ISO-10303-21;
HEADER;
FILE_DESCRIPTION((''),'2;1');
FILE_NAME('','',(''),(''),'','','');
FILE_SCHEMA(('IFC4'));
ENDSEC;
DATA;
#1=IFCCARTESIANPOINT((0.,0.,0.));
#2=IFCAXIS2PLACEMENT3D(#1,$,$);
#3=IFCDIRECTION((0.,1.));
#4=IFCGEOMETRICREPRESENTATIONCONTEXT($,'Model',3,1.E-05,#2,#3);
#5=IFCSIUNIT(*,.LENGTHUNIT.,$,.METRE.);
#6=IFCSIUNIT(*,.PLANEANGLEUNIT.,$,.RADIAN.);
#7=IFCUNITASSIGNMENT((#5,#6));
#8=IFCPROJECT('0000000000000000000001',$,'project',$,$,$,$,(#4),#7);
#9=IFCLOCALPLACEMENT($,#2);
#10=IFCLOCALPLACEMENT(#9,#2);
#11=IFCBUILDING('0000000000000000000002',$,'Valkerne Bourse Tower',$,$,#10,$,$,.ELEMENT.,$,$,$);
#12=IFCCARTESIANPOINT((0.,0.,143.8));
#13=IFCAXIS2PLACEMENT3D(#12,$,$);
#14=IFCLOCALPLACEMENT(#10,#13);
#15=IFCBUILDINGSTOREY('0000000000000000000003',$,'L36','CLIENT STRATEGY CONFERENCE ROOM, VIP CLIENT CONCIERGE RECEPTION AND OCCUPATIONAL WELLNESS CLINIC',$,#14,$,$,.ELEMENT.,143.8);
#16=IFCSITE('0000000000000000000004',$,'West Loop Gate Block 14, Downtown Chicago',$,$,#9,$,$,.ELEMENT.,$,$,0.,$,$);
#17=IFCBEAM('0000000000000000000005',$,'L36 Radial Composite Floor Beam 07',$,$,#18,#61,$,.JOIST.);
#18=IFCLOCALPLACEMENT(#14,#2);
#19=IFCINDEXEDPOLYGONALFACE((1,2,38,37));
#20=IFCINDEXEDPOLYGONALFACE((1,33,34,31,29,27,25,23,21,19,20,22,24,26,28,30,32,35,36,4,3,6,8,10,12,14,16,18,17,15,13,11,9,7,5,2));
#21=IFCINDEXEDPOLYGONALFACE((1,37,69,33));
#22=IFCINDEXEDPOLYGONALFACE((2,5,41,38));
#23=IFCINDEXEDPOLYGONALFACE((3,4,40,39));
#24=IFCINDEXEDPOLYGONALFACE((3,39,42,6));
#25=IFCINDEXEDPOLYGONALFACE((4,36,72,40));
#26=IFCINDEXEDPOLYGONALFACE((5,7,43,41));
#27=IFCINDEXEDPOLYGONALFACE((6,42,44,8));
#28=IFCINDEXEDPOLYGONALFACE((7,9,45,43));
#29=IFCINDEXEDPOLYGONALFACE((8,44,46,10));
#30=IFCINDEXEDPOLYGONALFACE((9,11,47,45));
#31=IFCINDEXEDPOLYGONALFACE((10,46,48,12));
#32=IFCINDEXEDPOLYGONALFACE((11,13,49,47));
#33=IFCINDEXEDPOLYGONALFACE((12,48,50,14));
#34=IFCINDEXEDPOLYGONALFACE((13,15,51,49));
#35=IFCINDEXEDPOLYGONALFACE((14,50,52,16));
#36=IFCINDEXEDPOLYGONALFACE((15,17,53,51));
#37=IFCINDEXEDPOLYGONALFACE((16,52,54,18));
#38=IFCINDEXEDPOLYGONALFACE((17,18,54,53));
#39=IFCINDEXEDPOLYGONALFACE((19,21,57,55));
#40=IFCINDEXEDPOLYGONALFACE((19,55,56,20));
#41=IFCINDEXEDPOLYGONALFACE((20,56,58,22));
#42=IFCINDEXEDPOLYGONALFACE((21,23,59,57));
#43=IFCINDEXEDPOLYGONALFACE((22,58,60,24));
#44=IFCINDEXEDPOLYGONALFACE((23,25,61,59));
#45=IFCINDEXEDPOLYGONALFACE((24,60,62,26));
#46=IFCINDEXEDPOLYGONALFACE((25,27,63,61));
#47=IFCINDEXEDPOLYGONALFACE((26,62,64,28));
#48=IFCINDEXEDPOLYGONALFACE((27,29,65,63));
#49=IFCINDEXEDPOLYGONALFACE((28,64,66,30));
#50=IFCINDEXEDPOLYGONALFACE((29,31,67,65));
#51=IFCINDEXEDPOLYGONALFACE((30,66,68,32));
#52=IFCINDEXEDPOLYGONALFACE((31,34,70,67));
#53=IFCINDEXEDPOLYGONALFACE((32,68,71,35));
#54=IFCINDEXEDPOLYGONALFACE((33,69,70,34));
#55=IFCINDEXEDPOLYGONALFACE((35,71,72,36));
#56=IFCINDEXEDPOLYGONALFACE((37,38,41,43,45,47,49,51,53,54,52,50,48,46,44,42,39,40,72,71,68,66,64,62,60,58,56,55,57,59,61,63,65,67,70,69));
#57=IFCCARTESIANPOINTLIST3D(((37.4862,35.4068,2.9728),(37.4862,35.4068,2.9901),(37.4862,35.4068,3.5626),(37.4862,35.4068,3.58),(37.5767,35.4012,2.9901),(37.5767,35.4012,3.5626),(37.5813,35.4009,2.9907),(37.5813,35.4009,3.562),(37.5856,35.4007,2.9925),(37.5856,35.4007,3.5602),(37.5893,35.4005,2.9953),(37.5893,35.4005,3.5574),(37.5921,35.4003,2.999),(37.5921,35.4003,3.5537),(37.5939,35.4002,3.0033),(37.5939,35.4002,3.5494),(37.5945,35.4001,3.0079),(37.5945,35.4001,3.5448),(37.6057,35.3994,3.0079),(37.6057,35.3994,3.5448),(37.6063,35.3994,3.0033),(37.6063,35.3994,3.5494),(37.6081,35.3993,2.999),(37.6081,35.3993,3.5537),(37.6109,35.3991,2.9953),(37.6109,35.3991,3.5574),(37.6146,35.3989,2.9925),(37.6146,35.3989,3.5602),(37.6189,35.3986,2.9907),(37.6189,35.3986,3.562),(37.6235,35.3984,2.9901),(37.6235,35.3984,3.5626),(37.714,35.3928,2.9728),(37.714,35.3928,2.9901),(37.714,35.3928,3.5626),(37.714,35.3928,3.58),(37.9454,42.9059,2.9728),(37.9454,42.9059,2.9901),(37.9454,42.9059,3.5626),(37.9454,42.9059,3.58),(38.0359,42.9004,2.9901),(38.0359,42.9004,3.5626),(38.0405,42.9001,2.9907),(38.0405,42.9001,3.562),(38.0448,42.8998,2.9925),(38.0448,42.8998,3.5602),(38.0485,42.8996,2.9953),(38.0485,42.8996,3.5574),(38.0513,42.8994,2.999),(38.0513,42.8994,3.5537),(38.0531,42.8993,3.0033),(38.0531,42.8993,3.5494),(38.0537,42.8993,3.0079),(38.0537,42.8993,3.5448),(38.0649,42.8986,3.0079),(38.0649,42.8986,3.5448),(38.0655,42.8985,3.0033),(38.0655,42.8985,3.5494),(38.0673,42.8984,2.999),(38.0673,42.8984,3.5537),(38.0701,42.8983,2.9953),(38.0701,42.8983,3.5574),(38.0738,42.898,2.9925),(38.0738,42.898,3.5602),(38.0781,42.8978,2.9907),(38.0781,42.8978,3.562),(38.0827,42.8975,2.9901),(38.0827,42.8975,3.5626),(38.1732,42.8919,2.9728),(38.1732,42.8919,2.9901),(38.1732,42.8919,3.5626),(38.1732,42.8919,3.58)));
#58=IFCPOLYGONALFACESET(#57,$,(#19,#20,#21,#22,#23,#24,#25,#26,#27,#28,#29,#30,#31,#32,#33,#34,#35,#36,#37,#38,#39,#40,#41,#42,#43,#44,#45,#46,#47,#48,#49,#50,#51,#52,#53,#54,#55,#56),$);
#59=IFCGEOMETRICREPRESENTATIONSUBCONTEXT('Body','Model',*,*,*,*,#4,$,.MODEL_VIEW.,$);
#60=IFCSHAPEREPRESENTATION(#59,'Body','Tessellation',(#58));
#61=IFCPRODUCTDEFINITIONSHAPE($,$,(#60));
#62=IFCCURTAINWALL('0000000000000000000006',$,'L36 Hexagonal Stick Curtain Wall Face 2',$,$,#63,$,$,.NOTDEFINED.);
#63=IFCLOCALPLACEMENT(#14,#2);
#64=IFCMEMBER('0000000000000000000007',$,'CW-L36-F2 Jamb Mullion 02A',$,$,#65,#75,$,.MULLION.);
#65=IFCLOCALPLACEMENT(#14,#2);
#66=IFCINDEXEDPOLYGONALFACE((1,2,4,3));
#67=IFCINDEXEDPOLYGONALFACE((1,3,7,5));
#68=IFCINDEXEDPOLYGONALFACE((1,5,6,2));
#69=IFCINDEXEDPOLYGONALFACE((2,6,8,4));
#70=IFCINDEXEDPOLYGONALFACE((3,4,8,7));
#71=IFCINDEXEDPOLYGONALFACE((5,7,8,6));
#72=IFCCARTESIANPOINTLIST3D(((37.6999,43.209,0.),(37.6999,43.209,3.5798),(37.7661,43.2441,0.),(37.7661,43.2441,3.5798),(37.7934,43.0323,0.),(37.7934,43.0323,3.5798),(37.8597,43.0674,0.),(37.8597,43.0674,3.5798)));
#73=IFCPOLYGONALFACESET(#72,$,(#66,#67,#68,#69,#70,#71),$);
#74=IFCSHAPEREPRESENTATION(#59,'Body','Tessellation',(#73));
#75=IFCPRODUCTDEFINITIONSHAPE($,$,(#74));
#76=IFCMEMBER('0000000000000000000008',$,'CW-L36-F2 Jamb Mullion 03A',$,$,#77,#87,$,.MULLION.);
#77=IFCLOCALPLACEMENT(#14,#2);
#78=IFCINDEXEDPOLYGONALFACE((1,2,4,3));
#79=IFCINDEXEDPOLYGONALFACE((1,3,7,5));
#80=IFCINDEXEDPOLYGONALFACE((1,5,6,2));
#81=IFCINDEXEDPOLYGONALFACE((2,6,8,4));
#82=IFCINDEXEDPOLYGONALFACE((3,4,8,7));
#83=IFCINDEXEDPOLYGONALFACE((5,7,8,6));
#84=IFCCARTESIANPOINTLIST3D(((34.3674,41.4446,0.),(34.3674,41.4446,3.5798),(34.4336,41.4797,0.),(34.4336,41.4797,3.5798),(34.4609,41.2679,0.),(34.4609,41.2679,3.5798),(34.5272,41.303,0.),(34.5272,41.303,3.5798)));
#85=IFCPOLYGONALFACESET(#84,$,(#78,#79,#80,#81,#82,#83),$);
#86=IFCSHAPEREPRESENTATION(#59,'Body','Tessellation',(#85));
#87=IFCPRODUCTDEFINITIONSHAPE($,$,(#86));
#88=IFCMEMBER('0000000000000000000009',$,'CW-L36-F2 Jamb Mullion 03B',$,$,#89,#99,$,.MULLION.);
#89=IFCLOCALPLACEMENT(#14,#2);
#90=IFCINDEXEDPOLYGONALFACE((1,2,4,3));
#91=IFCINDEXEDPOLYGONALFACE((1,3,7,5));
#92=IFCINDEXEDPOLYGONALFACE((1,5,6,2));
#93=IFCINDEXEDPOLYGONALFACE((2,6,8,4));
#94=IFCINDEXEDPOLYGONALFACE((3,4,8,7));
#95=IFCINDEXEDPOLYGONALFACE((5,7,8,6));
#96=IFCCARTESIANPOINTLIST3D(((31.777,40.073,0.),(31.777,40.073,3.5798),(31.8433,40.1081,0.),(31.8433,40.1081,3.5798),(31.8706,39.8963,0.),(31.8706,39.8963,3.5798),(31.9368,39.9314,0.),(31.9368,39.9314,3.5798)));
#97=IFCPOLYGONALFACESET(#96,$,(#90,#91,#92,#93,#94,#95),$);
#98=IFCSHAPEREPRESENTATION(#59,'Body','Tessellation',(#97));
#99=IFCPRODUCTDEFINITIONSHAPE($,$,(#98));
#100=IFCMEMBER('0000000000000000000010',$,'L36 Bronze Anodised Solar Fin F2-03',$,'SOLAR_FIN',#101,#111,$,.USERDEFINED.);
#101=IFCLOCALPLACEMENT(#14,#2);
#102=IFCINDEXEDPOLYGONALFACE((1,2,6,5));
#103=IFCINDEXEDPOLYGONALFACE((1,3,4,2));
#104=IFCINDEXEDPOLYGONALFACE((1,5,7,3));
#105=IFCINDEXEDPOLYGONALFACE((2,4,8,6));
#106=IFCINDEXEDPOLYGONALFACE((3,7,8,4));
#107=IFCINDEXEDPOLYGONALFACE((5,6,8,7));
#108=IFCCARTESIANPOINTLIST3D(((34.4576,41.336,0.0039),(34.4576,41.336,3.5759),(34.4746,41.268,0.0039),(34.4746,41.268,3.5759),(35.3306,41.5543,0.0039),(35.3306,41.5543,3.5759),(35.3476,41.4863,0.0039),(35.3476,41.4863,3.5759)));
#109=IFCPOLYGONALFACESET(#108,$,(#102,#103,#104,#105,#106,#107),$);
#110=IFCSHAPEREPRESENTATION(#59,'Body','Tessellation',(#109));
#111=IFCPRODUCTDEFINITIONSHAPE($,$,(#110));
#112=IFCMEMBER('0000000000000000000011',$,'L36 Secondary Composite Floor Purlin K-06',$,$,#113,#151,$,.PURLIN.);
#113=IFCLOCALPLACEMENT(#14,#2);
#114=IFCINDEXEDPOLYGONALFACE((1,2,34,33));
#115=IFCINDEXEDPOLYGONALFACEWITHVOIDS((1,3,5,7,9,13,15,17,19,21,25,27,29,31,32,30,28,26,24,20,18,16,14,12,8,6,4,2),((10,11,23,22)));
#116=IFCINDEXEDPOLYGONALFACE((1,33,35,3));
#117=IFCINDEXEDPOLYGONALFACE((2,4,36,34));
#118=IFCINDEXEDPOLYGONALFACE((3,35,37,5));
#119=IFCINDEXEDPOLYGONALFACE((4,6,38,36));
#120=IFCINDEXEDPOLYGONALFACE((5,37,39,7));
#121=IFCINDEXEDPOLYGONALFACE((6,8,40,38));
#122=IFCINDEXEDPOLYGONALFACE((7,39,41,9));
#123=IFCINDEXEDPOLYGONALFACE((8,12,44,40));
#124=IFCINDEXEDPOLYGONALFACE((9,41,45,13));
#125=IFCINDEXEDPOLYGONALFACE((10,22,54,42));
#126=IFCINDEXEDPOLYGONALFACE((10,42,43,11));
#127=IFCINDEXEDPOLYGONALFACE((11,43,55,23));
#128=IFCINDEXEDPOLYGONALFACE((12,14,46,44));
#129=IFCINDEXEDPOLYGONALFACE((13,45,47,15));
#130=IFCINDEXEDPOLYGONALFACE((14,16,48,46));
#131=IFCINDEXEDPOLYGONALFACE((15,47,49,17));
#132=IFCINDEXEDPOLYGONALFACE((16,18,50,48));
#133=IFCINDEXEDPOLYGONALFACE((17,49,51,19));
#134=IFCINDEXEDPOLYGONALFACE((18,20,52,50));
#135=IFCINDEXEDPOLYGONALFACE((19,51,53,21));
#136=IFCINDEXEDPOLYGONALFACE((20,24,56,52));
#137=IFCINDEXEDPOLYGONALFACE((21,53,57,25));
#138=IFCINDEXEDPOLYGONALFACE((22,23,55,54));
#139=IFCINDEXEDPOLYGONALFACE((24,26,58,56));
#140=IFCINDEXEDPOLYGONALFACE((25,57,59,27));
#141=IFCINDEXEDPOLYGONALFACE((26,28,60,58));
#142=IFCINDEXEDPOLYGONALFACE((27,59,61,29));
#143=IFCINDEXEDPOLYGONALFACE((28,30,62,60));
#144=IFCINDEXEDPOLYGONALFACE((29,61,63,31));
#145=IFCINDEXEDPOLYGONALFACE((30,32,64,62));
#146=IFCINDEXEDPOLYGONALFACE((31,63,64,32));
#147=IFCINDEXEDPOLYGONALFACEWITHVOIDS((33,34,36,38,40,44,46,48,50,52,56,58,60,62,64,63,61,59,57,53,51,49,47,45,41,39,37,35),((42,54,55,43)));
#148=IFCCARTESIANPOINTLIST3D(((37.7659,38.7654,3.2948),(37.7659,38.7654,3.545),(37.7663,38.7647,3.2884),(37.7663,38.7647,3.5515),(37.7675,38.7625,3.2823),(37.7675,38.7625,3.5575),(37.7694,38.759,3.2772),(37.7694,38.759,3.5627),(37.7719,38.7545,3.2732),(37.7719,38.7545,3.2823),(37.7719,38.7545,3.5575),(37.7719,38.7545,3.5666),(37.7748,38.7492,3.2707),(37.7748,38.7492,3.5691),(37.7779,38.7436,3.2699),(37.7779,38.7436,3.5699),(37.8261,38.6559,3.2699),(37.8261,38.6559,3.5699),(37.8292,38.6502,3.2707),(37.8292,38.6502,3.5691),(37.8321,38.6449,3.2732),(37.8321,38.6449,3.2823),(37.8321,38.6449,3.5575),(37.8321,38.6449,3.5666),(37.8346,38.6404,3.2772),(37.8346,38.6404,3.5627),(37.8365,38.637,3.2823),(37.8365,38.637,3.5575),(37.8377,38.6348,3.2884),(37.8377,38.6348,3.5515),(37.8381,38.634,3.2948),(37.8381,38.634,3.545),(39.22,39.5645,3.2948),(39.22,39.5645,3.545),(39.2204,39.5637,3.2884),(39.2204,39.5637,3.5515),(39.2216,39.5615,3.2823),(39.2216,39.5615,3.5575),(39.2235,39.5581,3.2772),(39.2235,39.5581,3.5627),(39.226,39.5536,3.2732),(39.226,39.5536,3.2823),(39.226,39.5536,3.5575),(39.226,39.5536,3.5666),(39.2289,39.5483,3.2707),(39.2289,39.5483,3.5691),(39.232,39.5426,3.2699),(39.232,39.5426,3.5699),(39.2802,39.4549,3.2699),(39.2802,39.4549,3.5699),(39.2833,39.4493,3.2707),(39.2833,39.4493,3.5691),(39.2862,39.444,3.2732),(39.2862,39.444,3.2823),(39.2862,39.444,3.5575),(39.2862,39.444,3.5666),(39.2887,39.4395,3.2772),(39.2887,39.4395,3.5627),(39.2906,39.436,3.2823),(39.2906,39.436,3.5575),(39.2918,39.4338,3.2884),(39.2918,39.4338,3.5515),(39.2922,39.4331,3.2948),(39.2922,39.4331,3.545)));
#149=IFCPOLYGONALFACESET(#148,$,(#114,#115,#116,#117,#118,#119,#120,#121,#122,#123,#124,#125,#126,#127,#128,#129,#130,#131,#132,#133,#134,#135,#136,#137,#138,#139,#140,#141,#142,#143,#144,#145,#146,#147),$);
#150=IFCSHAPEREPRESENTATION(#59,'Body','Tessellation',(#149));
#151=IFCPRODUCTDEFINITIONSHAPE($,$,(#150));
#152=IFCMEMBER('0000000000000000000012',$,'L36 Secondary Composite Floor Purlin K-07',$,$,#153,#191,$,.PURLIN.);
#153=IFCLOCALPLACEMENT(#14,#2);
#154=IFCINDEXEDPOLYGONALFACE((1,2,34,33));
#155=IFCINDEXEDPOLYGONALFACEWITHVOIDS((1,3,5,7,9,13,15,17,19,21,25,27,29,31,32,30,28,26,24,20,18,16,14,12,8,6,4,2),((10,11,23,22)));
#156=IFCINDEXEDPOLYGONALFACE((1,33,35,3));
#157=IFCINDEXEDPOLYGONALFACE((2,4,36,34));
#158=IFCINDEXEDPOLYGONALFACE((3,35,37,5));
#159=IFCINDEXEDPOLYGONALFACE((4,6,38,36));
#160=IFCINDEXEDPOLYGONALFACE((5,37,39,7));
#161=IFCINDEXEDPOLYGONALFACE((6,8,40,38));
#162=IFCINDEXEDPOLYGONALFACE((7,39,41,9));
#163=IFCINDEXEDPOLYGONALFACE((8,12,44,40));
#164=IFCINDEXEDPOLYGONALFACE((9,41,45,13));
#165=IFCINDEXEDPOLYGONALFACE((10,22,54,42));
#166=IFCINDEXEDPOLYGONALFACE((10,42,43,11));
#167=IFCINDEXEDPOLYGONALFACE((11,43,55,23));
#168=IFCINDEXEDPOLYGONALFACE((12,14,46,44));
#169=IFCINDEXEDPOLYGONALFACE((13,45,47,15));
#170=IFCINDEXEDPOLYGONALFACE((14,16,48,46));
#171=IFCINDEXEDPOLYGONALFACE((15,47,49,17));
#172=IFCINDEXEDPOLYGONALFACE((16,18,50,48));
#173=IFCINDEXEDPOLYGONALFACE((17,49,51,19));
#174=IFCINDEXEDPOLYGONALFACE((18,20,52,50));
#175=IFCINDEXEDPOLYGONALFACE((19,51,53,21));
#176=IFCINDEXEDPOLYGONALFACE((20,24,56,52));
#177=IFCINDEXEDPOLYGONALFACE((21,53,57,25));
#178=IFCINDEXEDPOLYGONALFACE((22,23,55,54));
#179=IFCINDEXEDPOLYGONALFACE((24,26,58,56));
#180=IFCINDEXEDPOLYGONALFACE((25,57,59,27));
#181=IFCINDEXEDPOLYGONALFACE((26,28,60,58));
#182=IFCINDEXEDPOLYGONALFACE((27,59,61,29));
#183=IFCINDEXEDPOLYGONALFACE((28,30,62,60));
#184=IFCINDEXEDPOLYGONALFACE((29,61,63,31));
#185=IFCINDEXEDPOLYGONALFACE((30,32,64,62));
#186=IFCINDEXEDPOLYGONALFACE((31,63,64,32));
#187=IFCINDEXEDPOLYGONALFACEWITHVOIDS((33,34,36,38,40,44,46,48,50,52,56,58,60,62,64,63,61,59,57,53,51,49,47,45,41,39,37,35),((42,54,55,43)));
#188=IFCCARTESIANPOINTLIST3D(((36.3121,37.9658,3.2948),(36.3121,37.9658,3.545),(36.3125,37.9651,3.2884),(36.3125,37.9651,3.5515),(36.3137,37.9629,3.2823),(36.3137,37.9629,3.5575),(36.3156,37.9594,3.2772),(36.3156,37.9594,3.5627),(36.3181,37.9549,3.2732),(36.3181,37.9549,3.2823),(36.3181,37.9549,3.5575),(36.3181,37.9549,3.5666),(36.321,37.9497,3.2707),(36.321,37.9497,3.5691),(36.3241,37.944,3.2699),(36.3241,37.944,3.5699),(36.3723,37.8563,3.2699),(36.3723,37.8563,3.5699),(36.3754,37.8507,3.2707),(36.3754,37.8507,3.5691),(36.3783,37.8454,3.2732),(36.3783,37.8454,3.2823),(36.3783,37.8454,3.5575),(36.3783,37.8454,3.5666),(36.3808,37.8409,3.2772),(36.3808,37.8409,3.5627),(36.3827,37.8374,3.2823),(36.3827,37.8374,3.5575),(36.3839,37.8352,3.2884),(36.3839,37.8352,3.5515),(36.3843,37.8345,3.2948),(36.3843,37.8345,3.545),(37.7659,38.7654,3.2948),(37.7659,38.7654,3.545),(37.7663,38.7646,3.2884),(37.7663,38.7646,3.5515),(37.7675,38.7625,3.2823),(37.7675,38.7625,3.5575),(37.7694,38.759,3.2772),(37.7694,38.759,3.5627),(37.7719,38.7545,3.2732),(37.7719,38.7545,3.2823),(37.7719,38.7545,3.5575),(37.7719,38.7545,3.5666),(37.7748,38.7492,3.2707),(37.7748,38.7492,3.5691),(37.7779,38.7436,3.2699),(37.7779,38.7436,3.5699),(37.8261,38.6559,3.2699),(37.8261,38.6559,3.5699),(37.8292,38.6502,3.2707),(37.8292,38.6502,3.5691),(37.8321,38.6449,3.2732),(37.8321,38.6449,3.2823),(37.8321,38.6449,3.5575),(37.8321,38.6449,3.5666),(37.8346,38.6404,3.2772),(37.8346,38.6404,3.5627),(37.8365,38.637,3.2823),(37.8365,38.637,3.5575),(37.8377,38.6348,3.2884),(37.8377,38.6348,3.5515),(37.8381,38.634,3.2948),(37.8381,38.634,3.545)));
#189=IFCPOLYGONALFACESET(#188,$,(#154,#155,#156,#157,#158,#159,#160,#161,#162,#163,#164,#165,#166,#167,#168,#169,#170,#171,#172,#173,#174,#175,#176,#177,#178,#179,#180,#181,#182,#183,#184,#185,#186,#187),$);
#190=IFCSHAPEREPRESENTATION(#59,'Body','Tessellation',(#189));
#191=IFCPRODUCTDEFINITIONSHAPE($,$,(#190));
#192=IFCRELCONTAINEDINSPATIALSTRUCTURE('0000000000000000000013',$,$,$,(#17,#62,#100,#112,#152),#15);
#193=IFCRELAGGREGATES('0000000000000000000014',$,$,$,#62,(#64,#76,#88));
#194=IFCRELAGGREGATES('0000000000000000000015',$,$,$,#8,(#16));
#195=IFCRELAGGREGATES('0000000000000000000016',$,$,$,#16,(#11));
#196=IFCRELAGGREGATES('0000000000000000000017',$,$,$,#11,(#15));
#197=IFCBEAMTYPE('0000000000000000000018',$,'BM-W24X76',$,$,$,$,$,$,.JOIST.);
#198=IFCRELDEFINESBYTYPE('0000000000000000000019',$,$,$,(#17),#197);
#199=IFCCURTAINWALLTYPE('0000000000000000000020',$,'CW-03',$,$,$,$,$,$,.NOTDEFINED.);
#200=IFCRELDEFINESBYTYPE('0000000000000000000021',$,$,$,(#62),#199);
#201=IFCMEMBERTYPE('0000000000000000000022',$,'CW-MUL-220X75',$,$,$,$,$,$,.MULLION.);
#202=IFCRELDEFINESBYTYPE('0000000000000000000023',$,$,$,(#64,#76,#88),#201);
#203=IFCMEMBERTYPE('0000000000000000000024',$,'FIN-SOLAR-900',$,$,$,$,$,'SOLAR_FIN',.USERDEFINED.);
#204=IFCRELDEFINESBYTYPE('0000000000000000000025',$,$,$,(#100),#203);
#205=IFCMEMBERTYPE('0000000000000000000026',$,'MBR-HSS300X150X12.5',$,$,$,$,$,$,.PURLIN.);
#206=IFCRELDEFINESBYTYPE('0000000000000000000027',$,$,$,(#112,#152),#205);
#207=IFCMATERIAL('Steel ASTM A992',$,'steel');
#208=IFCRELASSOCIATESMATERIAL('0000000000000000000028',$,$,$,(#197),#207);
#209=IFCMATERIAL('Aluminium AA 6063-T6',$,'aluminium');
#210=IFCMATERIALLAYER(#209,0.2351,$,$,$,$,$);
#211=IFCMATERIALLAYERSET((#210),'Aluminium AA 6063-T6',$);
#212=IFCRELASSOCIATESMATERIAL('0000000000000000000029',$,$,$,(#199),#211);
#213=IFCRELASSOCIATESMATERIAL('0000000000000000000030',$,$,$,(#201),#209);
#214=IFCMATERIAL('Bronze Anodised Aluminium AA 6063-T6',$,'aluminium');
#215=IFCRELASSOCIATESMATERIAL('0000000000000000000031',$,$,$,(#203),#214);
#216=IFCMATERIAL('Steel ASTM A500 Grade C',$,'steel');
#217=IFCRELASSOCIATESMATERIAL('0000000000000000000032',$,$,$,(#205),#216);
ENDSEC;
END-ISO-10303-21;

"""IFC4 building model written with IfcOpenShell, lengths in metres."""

from ifc_helpers import new_model, si_unit, direction, frame, origin, origin_2d, place, context, subcontext, project, spatial, rectangle, hollow_rectangle, i_section, extrude, material, layer, layer_set, material_profile, profile_set, type_object, element, aggregate, save


model = new_model("IFC4")

# Units and contexts
model_context = context("Model", 3, precision=1e-05, world=origin(), true_north=direction((0.0, 1.0)))
body_context = subcontext(model_context, "Body", "Model", "MODEL_VIEW")
ifc_project = project(units=[si_unit("LENGTHUNIT", "METRE"), si_unit("PLANEANGLEUNIT", "RADIAN")], contexts=[model_context])

# Site, building, storey
site_placement = place(None, origin())
site = spatial("IfcSite", under=ifc_project, at=site_placement, Name="West Loop Gate Block 14, Downtown Chicago", CompositionType="ELEMENT", RefElevation=0.0)
building_placement = place(site_placement, origin())
building = spatial("IfcBuilding", under=site, at=building_placement, Name="Valkerne Bourse Tower", CompositionType="ELEMENT")
storey_placement = place(building_placement, frame((0.0, 0.0, 143.8)))
storey = spatial("IfcBuildingStorey", under=building, at=storey_placement, Name="L36", Description="CLIENT STRATEGY CONFERENCE ROOM, VIP CLIENT CONCIERGE RECEPTION AND OCCUPATIONAL WELLNESS CLINIC", CompositionType="ELEMENT", Elevation=143.8)

# Beam
ifc_material_1 = material(Name="Steel ASTM A992", Category="steel")
ifc_material_profile_1 = material_profile(ifc_material_1, i_section(OverallWidth=0.2283, OverallDepth=0.6072, WebThickness=0.0112, FlangeThickness=0.0173, FilletRadius=0.0178, at=origin_2d()), Name="W24X76")
ifc_profile_set_1 = profile_set([ifc_material_profile_1], Name="Steel ASTM A992")
beam_type_1 = type_object("IfcBeamType", Name="BM-W24X76", PredefinedType="JOIST", material=ifc_profile_set_1)
beam_1_placement = place(storey_placement, frame((38.0593, 42.8989, 3.2764), z_axis=(-0.061124, -0.99813, 0.0), x_axis=(0.99813, -0.061124, 0.0)))
element("IfcBeam", 1, at=beam_1_placement, inside=storey, type_object=beam_type_1, Name="L36 Radial Composite Floor Beam 07", PredefinedType="JOIST", context=body_context, shape_type="SweptSolid", body=[
    extrude(i_section(OverallWidth=0.2283, OverallDepth=0.6072, WebThickness=0.0112, FlangeThickness=0.0173, FilletRadius=0.0178, at=origin_2d()), origin(), (0.0, 0.0, 1.0), 7.5132),
])

# Curtain wall, members
ifc_material_2 = material(Name="Aluminium AA 6063-T6", Category="aluminium")
ifc_layer_1 = layer(ifc_material_2, 0.2351)
ifc_layer_set_1 = layer_set([ifc_layer_1], Name="Aluminium AA 6063-T6")
curtain_wall_type = type_object("IfcCurtainWallType", Name="CW-03", PredefinedType="NOTDEFINED", material=ifc_layer_set_1)
curtain_wall_placement = place(storey_placement, origin())
curtain_wall = element("IfcCurtainWall", 2, at=curtain_wall_placement, inside=storey, type_object=curtain_wall_type, Name="L36 Hexagonal Stick Curtain Wall Face 2", PredefinedType="NOTDEFINED")
ifc_material_profile_2 = material_profile(ifc_material_2, rectangle(XDim=0.075, YDim=0.2, at=origin_2d()), Name="CWM-75X200")
ifc_profile_set_2 = profile_set([ifc_material_profile_2], Name="Aluminium AA 6063-T6")
member_type_1 = type_object("IfcMemberType", Name="CW-MUL-220X75", PredefinedType="MULLION", material=ifc_profile_set_2)
member_1_placement = place(storey_placement, frame((37.7798, 43.1382, 0.0), z_axis=(0.0, 0.0, 1.0), x_axis=(-0.883757, -0.467946, 0.0)))
member_1 = element("IfcMember", 3, at=member_1_placement, type_object=member_type_1, Name="CW-L36-F2 Jamb Mullion 02A", PredefinedType="MULLION", context=body_context, shape_type="SweptSolid", body=[
    extrude(rectangle(XDim=0.075, YDim=0.2, at=origin_2d()), origin(), (0.0, 0.0, 1.0), 3.5798),
])
member_2_placement = place(storey_placement, frame((34.4473, 41.3738, 0.0), z_axis=(0.0, 0.0, 1.0), x_axis=(-0.883763, -0.467935, 0.0)))
member_2 = element("IfcMember", 4, at=member_2_placement, type_object=member_type_1, Name="CW-L36-F2 Jamb Mullion 03A", PredefinedType="MULLION", context=body_context, shape_type="SweptSolid", body=[
    extrude(rectangle(XDim=0.075, YDim=0.2, at=origin_2d()), origin(), (0.0, 0.0, 1.0), 3.5798),
])
member_3_placement = place(storey_placement, frame((31.8569, 40.0022, 0.0), z_axis=(0.0, 0.0, 1.0), x_axis=(-0.883763, -0.467935, 0.0)))
member_3 = element("IfcMember", 5, at=member_3_placement, type_object=member_type_1, Name="CW-L36-F2 Jamb Mullion 03B", PredefinedType="MULLION", context=body_context, shape_type="SweptSolid", body=[
    extrude(rectangle(XDim=0.075, YDim=0.2, at=origin_2d()), origin(), (0.0, 0.0, 1.0), 3.5798),
])

# Members
ifc_material_3 = material(Name="Bronze Anodised Aluminium AA 6063-T6", Category="aluminium")
ifc_material_profile_3 = material_profile(ifc_material_3, rectangle(XDim=0.0701, YDim=0.8999, at=origin_2d()), Name="FIN-70X900")
ifc_profile_set_3 = profile_set([ifc_material_profile_3], Name="Bronze Anodised Aluminium AA 6063-T6")
member_type_2 = type_object("IfcMemberType", Name="FIN-SOLAR-900", ElementType="SOLAR_FIN", PredefinedType="USERDEFINED", material=ifc_profile_set_3)
member_4_placement = place(storey_placement, frame((34.9026, 41.4111, 0.0039), z_axis=(0.0, 0.0, 1.0), x_axis=(-0.242599, 0.970127, 0.0)))
element("IfcMember", 6, at=member_4_placement, inside=storey, type_object=member_type_2, Name="L36 Bronze Anodised Solar Fin F2-03", ObjectType="SOLAR_FIN", PredefinedType="USERDEFINED", context=body_context, shape_type="SweptSolid", body=[
    extrude(rectangle(XDim=0.0701, YDim=0.8999, at=origin_2d()), origin(), (0.0, 0.0, 1.0), 3.572),
])
ifc_material_4 = material(Name="Steel ASTM A500 Grade C", Category="steel")
ifc_material_profile_4 = material_profile(ifc_material_4, hollow_rectangle(XDim=0.1499, YDim=0.3, WallThickness=0.0125, OuterFilletRadius=0.0249, at=origin_2d()), Name="HSS300X150X12.5")
ifc_profile_set_4 = profile_set([ifc_material_profile_4], Name="Steel ASTM A500 Grade C")
member_type_3 = type_object("IfcMemberType", Name="MBR-HSS300X150X12.5", PredefinedType="PURLIN", material=ifc_profile_set_4)
for number, where, z_axis, x_axis, name in (
    (7, (39.2561, 39.4988, 3.4199), (-0.87639, -0.481602, 0.0), (0.481602, -0.87639, 0.0), "L36 Secondary Composite Floor Purlin K-06"),
    (8, (37.802, 38.6997, 3.4199), (-0.876231, -0.481891, 0.0), (0.481891, -0.876231, 0.0), "L36 Secondary Composite Floor Purlin K-07"),
):
    element("IfcMember", number, at=place(storey_placement, frame(where, z_axis=z_axis, x_axis=x_axis)), inside=storey, type_object=member_type_3, Name=name, PredefinedType="PURLIN", context=body_context, shape_type="SweptSolid", body=[
        extrude(hollow_rectangle(XDim=0.1499, YDim=0.3, WallThickness=0.0125, OuterFilletRadius=0.0249, at=origin_2d()), origin(), (0.0, 0.0, 1.0), 1.6592),
    ])

aggregate(curtain_wall, [member_1, member_2, member_3])

save(model, "model.ifc")
